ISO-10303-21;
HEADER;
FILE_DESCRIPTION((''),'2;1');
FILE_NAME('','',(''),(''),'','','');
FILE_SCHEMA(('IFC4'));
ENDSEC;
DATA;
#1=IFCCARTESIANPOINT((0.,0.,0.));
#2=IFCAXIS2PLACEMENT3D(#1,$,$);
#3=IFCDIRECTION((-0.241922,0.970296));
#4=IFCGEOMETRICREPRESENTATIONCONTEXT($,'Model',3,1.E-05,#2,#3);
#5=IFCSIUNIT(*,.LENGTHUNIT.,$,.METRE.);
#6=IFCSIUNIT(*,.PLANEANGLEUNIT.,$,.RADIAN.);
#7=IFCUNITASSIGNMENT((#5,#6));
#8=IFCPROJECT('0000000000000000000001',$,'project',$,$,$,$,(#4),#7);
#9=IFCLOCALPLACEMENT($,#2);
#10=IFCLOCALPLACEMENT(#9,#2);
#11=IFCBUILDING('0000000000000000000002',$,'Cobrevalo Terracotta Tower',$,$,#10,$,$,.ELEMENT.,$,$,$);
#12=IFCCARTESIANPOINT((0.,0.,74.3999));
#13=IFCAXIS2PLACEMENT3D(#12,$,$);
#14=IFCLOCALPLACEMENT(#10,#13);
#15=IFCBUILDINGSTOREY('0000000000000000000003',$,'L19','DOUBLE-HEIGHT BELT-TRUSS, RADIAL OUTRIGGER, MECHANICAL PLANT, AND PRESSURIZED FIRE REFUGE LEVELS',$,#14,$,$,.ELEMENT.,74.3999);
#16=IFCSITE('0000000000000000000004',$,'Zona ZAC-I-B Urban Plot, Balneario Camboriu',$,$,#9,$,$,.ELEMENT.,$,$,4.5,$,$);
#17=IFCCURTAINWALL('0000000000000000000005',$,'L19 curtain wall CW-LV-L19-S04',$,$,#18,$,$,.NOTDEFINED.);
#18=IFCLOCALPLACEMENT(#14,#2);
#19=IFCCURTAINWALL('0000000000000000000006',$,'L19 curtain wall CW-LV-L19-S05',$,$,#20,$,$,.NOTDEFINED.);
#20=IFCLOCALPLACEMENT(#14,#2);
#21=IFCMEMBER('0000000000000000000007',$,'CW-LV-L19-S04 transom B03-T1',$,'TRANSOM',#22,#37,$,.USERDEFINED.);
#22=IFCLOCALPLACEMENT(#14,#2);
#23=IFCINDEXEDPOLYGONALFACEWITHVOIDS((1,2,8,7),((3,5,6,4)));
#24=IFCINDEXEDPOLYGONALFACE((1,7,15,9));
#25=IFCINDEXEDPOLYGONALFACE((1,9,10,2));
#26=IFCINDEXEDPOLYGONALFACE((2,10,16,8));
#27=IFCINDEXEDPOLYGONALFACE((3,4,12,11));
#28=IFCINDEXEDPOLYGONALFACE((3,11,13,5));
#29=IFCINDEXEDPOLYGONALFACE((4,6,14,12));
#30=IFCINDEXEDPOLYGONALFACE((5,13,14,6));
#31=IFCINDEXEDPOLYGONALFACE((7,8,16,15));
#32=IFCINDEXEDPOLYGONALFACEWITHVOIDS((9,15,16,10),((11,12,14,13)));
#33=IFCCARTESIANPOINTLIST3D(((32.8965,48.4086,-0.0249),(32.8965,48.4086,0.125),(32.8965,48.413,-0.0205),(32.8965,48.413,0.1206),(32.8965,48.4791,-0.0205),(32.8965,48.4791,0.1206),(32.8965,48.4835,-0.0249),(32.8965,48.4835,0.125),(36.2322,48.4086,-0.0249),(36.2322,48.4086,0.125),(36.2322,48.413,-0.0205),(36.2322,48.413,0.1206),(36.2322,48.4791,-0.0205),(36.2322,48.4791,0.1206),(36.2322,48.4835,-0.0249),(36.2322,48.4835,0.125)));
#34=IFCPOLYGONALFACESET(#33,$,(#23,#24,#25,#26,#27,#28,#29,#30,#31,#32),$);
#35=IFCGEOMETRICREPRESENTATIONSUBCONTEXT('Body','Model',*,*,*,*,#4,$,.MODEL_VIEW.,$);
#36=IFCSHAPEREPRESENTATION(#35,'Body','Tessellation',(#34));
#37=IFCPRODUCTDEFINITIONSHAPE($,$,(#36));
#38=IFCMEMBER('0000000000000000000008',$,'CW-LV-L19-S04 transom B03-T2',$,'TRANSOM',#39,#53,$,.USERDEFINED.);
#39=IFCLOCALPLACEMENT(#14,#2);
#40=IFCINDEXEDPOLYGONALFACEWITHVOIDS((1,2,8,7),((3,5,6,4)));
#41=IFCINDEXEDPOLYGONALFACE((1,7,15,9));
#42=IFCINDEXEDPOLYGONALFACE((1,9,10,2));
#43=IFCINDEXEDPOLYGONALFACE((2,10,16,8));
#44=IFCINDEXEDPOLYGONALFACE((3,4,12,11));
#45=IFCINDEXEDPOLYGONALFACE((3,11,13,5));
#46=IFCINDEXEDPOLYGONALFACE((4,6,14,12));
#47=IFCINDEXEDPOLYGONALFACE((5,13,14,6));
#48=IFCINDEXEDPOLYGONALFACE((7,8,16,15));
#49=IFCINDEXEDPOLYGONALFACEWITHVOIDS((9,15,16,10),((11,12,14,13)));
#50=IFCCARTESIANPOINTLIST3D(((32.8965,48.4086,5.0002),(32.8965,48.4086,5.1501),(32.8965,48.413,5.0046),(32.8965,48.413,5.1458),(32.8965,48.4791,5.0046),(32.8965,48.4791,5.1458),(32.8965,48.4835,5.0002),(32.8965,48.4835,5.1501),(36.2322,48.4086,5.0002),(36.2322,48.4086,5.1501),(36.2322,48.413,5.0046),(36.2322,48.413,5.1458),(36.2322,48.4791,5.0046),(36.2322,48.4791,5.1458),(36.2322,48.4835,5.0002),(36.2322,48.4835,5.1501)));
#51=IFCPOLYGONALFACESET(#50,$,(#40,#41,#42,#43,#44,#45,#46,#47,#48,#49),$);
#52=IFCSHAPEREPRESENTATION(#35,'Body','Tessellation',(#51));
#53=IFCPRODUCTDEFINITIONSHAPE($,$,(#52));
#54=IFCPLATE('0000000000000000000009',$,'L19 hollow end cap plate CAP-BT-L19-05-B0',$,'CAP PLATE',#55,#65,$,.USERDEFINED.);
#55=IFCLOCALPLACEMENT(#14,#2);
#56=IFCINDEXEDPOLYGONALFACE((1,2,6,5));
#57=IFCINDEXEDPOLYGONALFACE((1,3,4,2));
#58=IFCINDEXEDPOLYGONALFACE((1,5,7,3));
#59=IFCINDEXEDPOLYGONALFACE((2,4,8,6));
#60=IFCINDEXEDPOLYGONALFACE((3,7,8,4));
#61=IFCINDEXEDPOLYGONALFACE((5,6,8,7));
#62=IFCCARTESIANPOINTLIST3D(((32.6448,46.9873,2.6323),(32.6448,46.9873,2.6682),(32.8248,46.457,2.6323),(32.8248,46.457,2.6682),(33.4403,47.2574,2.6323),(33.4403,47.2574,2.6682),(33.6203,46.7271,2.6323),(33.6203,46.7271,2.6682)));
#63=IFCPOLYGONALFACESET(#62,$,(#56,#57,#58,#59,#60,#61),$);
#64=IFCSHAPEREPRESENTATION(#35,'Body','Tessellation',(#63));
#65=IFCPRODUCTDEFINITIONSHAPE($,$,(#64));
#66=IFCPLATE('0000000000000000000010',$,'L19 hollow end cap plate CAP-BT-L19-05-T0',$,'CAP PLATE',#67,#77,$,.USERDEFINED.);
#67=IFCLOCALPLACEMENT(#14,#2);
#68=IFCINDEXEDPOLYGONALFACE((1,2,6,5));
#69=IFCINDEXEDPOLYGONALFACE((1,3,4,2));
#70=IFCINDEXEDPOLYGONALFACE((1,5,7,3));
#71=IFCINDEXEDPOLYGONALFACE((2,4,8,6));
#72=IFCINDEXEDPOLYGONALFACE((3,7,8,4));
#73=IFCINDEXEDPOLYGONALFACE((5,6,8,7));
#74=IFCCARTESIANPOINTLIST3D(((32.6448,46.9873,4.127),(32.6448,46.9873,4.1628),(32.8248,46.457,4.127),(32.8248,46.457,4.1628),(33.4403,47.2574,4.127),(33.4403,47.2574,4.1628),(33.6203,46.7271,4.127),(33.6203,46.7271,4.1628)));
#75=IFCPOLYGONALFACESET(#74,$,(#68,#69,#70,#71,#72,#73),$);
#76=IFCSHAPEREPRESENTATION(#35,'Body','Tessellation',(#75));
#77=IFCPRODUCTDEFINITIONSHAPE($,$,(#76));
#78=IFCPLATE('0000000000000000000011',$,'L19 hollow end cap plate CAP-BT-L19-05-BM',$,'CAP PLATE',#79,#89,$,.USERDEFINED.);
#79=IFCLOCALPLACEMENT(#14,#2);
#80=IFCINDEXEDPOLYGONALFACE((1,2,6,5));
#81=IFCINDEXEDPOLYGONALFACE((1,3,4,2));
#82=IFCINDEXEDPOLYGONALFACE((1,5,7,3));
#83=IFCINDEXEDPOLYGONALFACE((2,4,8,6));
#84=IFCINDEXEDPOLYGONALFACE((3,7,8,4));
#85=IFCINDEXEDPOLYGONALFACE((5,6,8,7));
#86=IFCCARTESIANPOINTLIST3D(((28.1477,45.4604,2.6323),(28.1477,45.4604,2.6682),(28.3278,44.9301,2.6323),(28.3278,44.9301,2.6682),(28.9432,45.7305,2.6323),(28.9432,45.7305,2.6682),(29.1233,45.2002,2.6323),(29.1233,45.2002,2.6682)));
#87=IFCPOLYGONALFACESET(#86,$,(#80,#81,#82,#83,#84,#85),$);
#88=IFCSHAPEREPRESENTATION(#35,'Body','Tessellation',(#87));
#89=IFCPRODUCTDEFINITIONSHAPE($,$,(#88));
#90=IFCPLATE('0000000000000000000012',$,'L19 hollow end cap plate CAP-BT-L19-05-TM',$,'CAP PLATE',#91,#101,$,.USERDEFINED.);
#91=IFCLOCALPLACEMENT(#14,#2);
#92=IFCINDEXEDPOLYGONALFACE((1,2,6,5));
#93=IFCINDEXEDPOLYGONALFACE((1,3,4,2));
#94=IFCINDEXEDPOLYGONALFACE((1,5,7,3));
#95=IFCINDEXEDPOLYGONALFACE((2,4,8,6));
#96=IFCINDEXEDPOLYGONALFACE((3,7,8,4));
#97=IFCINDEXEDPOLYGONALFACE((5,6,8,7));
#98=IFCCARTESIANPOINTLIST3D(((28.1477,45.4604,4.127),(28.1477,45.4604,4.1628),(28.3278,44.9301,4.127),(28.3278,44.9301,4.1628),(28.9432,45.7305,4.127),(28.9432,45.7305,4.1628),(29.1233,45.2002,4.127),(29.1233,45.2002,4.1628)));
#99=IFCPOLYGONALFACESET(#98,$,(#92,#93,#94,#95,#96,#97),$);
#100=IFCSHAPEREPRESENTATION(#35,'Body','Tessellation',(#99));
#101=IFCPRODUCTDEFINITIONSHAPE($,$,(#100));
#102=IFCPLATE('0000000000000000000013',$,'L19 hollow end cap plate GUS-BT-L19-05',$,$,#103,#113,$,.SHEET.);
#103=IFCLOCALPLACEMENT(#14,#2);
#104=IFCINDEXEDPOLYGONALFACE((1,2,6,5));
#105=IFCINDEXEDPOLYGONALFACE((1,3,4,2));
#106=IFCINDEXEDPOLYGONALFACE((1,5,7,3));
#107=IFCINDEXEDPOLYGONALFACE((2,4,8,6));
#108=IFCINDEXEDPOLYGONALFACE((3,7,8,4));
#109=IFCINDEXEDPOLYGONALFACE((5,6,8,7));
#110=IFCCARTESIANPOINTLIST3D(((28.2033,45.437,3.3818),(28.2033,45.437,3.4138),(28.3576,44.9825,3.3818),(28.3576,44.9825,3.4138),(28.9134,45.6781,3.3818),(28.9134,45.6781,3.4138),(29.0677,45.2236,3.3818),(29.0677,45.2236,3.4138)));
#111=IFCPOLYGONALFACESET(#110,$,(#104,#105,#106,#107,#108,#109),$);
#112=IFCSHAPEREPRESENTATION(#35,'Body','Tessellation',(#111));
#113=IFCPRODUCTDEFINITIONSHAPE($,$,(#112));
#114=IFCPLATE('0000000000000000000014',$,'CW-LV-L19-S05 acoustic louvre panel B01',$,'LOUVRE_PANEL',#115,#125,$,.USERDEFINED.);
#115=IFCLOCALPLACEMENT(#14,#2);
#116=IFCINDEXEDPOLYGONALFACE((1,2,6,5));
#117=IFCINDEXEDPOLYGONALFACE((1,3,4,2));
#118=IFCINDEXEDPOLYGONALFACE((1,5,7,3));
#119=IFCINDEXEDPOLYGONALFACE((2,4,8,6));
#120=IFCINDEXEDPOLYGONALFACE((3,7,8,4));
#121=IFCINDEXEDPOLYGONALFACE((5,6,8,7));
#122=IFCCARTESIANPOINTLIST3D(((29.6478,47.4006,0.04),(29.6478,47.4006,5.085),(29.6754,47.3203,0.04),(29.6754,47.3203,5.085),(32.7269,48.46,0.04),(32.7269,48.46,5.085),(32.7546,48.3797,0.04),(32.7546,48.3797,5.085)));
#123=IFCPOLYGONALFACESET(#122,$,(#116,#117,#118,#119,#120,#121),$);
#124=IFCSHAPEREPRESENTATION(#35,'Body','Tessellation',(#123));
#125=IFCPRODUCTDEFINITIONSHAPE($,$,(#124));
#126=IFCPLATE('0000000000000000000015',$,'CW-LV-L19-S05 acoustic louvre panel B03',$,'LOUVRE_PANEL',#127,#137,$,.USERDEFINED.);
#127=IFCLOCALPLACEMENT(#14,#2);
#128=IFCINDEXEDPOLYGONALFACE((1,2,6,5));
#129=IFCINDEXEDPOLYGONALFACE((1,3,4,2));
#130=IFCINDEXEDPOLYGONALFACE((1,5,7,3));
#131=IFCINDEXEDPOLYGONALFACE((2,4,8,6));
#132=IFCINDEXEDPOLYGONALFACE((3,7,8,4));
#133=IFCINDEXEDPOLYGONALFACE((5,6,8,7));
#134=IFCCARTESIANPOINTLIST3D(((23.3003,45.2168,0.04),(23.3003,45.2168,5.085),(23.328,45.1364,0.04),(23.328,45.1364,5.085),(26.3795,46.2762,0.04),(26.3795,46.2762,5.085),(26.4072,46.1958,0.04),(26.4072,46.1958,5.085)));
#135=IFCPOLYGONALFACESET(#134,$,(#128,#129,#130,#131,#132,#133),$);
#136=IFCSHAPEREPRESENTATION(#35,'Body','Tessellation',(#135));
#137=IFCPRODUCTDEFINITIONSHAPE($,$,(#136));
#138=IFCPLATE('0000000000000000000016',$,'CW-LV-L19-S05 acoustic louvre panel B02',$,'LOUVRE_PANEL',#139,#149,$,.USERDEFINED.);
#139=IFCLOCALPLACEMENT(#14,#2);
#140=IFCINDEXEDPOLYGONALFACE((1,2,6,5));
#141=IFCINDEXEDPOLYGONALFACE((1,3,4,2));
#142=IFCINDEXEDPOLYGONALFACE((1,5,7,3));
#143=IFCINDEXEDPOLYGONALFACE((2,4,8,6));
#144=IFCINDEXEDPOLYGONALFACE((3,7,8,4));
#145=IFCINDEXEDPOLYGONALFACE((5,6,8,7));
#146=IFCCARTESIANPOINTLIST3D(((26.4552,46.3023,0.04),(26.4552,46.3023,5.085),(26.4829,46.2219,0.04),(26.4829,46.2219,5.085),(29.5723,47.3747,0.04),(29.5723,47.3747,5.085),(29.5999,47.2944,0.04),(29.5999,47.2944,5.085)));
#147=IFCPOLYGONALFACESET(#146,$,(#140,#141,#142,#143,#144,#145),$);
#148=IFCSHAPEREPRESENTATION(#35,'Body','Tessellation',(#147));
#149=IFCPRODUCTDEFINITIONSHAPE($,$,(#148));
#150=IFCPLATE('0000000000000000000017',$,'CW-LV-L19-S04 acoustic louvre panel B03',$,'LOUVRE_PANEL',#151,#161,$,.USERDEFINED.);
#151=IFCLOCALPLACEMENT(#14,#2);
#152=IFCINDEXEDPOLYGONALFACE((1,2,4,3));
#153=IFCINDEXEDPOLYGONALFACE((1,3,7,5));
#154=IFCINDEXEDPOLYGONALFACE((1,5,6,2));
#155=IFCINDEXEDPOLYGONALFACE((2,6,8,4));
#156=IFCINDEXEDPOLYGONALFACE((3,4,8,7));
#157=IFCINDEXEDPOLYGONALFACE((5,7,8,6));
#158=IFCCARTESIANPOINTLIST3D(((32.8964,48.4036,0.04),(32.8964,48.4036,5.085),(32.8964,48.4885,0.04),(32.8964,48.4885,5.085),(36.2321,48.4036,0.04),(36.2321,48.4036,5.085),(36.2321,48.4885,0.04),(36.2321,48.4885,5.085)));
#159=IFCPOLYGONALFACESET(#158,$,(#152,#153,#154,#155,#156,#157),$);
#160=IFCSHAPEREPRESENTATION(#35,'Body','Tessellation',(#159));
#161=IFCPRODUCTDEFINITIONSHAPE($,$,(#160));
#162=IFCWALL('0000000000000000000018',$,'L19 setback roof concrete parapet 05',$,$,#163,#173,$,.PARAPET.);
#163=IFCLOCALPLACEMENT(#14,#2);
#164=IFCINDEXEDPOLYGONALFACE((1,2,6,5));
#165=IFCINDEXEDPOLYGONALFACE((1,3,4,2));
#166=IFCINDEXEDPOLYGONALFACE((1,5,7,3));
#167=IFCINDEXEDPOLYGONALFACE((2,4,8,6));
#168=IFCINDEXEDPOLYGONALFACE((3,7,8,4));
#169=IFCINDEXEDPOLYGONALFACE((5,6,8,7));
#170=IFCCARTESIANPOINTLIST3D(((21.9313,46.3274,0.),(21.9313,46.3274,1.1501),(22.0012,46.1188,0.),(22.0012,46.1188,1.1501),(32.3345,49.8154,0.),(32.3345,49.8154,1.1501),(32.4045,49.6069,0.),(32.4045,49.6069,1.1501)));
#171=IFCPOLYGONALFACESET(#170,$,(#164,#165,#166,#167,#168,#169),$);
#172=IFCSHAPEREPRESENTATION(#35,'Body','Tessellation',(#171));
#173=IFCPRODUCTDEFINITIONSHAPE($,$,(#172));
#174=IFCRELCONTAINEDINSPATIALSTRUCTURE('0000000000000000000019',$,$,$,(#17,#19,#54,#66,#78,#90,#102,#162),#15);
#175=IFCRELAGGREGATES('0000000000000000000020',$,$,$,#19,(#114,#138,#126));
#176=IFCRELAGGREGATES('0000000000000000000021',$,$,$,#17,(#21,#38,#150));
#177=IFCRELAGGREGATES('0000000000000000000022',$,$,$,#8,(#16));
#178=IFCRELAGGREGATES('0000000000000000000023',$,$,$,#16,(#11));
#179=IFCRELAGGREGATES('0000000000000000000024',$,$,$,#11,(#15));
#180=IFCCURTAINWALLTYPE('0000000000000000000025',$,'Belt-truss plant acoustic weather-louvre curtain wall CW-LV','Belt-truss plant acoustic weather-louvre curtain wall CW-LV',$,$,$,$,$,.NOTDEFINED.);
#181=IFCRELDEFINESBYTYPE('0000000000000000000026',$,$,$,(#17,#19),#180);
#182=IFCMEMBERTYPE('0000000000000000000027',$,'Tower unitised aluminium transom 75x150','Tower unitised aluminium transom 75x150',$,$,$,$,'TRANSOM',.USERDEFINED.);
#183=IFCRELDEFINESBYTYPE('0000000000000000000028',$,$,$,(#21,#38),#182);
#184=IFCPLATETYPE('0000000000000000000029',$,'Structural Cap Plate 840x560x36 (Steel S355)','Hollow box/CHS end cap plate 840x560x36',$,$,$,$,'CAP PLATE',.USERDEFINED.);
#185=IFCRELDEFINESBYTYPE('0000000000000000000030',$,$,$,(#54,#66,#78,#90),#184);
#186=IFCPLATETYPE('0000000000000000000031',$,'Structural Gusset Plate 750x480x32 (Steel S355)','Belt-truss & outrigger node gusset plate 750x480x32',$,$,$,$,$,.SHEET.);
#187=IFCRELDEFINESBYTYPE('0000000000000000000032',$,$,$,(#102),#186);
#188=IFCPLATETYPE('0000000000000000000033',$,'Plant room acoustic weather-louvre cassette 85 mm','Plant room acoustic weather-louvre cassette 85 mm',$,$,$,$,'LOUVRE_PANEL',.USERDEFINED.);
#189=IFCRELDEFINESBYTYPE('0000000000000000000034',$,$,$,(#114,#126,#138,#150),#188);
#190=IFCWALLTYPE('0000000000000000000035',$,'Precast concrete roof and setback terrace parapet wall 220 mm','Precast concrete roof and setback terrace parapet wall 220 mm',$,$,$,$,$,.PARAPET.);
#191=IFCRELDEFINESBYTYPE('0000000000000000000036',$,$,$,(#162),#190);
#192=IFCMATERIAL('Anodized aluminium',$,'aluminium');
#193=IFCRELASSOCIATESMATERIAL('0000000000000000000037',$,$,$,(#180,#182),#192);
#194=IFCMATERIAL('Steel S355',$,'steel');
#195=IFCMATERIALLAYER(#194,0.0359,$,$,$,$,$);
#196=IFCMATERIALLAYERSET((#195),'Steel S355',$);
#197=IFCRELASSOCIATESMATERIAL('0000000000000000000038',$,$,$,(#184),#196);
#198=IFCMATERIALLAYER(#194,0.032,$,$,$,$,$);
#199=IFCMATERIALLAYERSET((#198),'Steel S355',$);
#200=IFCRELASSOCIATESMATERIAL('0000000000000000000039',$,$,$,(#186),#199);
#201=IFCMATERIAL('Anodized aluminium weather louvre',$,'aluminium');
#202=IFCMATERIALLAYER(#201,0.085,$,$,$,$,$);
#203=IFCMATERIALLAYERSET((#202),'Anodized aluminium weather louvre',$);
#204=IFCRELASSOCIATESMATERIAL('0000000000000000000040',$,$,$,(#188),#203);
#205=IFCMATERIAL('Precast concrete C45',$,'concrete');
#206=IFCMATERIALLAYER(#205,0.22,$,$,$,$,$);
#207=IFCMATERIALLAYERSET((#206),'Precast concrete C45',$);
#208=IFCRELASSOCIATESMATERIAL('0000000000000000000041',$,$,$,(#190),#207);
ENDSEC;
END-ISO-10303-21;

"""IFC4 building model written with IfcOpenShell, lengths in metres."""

from ifc_helpers import new_model, si_unit, direction, frame, frame_2d, origin, origin_2d, place, context, subcontext, project, spatial, rectangle, hollow_rectangle, extrude, source, transform, mapped, material, layer, layer_set, material_profile, profile_set, type_object, element, aggregate, save


model = new_model("IFC4")

# Units and contexts
model_context = context("Model", 3, precision=1e-05, world=origin(), true_north=direction((-0.241922, 0.970296)))
body_context = subcontext(model_context, "Body", "Model", "MODEL_VIEW")
ifc_project = project(units=[si_unit("LENGTHUNIT", "METRE"), si_unit("PLANEANGLEUNIT", "RADIAN")], contexts=[model_context])

# Site, building, storey
site_placement = place(None, origin())
site = spatial("IfcSite", under=ifc_project, at=site_placement, Name="Zona ZAC-I-B Urban Plot, Balneario Camboriu", CompositionType="ELEMENT", RefElevation=4.5)
building_placement = place(site_placement, origin())
building = spatial("IfcBuilding", under=site, at=building_placement, Name="Cobrevalo Terracotta Tower", CompositionType="ELEMENT")
storey_placement = place(building_placement, frame((0.0, 0.0, 74.3999)))
storey = spatial("IfcBuildingStorey", under=building, at=storey_placement, Name="L19", Description="DOUBLE-HEIGHT BELT-TRUSS, RADIAL OUTRIGGER, MECHANICAL PLANT, AND PRESSURIZED FIRE REFUGE LEVELS", CompositionType="ELEMENT", Elevation=74.3999)

# Shared definitions
ifc_material_1 = material(Name="Steel S355", Category="steel")

# Curtain walls
ifc_material_2 = material(Name="Anodized aluminium", Category="aluminium")
curtain_wall_type = type_object("IfcCurtainWallType", Name="Belt-truss plant acoustic weather-louvre curtain wall CW-LV", Description="Belt-truss plant acoustic weather-louvre curtain wall CW-LV", PredefinedType="NOTDEFINED", material=ifc_material_2)
curtain_wall_1_placement = place(storey_placement, origin())
curtain_wall_1 = element("IfcCurtainWall", 1, at=curtain_wall_1_placement, inside=storey, type_object=curtain_wall_type, Name="L19 curtain wall CW-LV-L19-S04", PredefinedType="NOTDEFINED")
curtain_wall_2_placement = place(storey_placement, origin())
curtain_wall_2 = element("IfcCurtainWall", 2, at=curtain_wall_2_placement, inside=storey, type_object=curtain_wall_type, Name="L19 curtain wall CW-LV-L19-S05", PredefinedType="NOTDEFINED")
ifc_material_profile_1 = material_profile(ifc_material_2, hollow_rectangle(XDim=0.075, YDim=0.1499, WallThickness=0.0044, at=origin_2d()), Name="CWT 75x150")
ifc_profile_set_1 = profile_set([ifc_material_profile_1], Name="Anodized aluminium")
member_type_1 = type_object("IfcMemberType", Name="Tower unitised aluminium transom 75x150", Description="Tower unitised aluminium transom 75x150", ElementType="TRANSOM", PredefinedType="USERDEFINED", material=ifc_profile_set_1)

# Members
shared_shape_1 = source(origin(), body_context, "Body", "SweptSolid", [
    extrude(hollow_rectangle(XDim=0.075, YDim=0.1499, WallThickness=0.0044, at=origin_2d()), origin(), (0.0, 0.0, 1.0), 3.3357),
])
member_1_placement = place(storey_placement, frame((36.2322, 48.446, 0.05), z_axis=(-1.0, 0.0, 0.0), x_axis=(0.0, -1.0, 0.0)))
member_1 = element("IfcMember", 3, at=member_1_placement, type_object=member_type_1, Name="CW-LV-L19-S04 transom B03-T1", ObjectType="TRANSOM", PredefinedType="USERDEFINED", context=body_context, shape_type="MappedRepresentation", body=[
    mapped(shared_shape_1, transform((0.0, 0.0, 0.0), scale=1.0)),
])
member_2_placement = place(storey_placement, frame((36.2322, 48.446, 5.0752), z_axis=(-1.0, 0.0, 0.0), x_axis=(0.0, -1.0, 0.0)))
member_2 = element("IfcMember", 4, at=member_2_placement, type_object=member_type_1, Name="CW-LV-L19-S04 transom B03-T2", ObjectType="TRANSOM", PredefinedType="USERDEFINED", context=body_context, shape_type="MappedRepresentation", body=[
    mapped(shared_shape_1, transform((0.0, 0.0, 0.0), scale=1.0)),
])

# Plates
ifc_layer_1 = layer(ifc_material_1, 0.0359)
ifc_layer_set_1 = layer_set([ifc_layer_1], Name="Steel S355")
plate_type_1 = type_object("IfcPlateType", Name="Structural Cap Plate 840x560x36 (Steel S355)", Description="Hollow box/CHS end cap plate 840x560x36", ElementType="CAP PLATE", PredefinedType="USERDEFINED", material=ifc_layer_set_1)
shared_shape_2 = source(origin(), body_context, "Body", "SweptSolid", [
    extrude(rectangle(XDim=0.8401, YDim=0.5601, at=origin_2d()), origin(), (0.0, 0.0, 1.0), 0.0359),
])
for number, where, z_axis, x_axis, name in (
    (5, (33.1326, 46.8572, 2.6323), (0.0, 0.0, 1.0), (-0.946916, -0.321482, 0.0), "L19 hollow end cap plate CAP-BT-L19-05-B0"),
    (6, (33.1326, 46.8572, 4.127), (0.0, 0.0, 1.0), (-0.946916, -0.321482, 0.0), "L19 hollow end cap plate CAP-BT-L19-05-T0"),
    (7, (28.6355, 45.3303, 2.6323), (0.0, 0.0, 1.0), (-0.946916, -0.321482, 0.0), "L19 hollow end cap plate CAP-BT-L19-05-BM"),
    (8, (28.6355, 45.3303, 4.127), (0.0, 0.0, 1.0), (-0.946916, -0.321482, 0.0), "L19 hollow end cap plate CAP-BT-L19-05-TM"),
):
    element("IfcPlate", number, at=place(storey_placement, frame(where, z_axis=z_axis, x_axis=x_axis)), inside=storey, type_object=plate_type_1, Name=name, ObjectType="CAP PLATE", PredefinedType="USERDEFINED", context=body_context, shape_type="MappedRepresentation", body=[
        mapped(shared_shape_2, transform((0.0, 0.0, 0.0), scale=1.0)),
    ])
ifc_layer_2 = layer(ifc_material_1, 0.032)
ifc_layer_set_2 = layer_set([ifc_layer_2], Name="Steel S355")
plate_type_2 = type_object("IfcPlateType", Name="Structural Gusset Plate 750x480x32 (Steel S355)", Description="Belt-truss & outrigger node gusset plate 750x480x32", PredefinedType="SHEET", material=ifc_layer_set_2)
shared_shape_3 = source(origin(), body_context, "Body", "SweptSolid", [
    extrude(rectangle(XDim=0.75, YDim=0.48, at=origin_2d()), origin(), (0.0, 0.0, 1.0), 0.032),
])
plate_1_placement = place(storey_placement, frame((28.6355, 45.3303, 3.3818), z_axis=(0.0, 0.0, 1.0), x_axis=(-0.946916, -0.321482, 0.0)))
element("IfcPlate", 9, at=plate_1_placement, inside=storey, type_object=plate_type_2, Name="L19 hollow end cap plate GUS-BT-L19-05", PredefinedType="SHEET", context=body_context, shape_type="MappedRepresentation", body=[
    mapped(shared_shape_3, transform((0.0, 0.0, 0.0), scale=1.0)),
])

# Plates
ifc_material_3 = material(Name="Anodized aluminium weather louvre", Category="aluminium")
ifc_layer_3 = layer(ifc_material_3, 0.085)
ifc_layer_set_3 = layer_set([ifc_layer_3], Name="Anodized aluminium weather louvre")
plate_type_3 = type_object("IfcPlateType", Name="Plant room acoustic weather-louvre cassette 85 mm", Description="Plant room acoustic weather-louvre cassette 85 mm", ElementType="LOUVRE_PANEL", PredefinedType="USERDEFINED", material=ifc_layer_set_3)
shared_shape_4 = source(origin(), body_context, "Body", "SweptSolid", [
    extrude(rectangle(XDim=3.2563, YDim=0.085, at=origin_2d()), origin(), (0.0, 0.0, 1.0), 5.0449),
])
plate_2_placement = place(storey_placement, frame((31.2012, 47.8901, 0.04), z_axis=(0.0, 0.0, 1.0), x_axis=(-0.945596, -0.325342, 0.0)))
plate_2 = element("IfcPlate", 10, at=plate_2_placement, type_object=plate_type_3, Name="CW-LV-L19-S05 acoustic louvre panel B01", ObjectType="LOUVRE_PANEL", PredefinedType="USERDEFINED", context=body_context, shape_type="MappedRepresentation", body=[
    mapped(shared_shape_4, transform((0.0, 0.0, 0.0), scale=1.0)),
])
plate_3_placement = place(storey_placement, frame((24.8538, 45.7063, 0.04), z_axis=(0.0, 0.0, 1.0), x_axis=(-0.945596, -0.325342, 0.0)))
plate_3 = element("IfcPlate", 11, at=plate_3_placement, type_object=plate_type_3, Name="CW-LV-L19-S05 acoustic louvre panel B03", ObjectType="LOUVRE_PANEL", PredefinedType="USERDEFINED", context=body_context, shape_type="MappedRepresentation", body=[
    mapped(shared_shape_4, transform((0.0, 0.0, 0.0), scale=1.0)),
])
shared_shape_5 = source(origin(), body_context, "Body", "SweptSolid", [
    extrude(rectangle(XDim=3.2964, YDim=0.085, at=origin_2d()), origin(), (0.0, 0.0, 1.0), 5.0449),
])
plate_4_placement = place(storey_placement, frame((28.0276, 46.7983, 0.04), z_axis=(0.0, 0.0, 1.0), x_axis=(-0.945596, -0.325342, 0.0)))
plate_4 = element("IfcPlate", 12, at=plate_4_placement, type_object=plate_type_3, Name="CW-LV-L19-S05 acoustic louvre panel B02", ObjectType="LOUVRE_PANEL", PredefinedType="USERDEFINED", context=body_context, shape_type="MappedRepresentation", body=[
    mapped(shared_shape_5, transform((0.0, 0.0, 0.0), scale=1.0)),
])
aggregate(curtain_wall_2, [plate_2, plate_4, plate_3])
shared_shape_6 = source(origin(), body_context, "Body", "SweptSolid", [
    extrude(rectangle(XDim=3.3357, YDim=0.085, at=origin_2d()), origin(), (0.0, 0.0, 1.0), 5.0449),
])
plate_5_placement = place(storey_placement, frame((34.5642, 48.446, 0.04), z_axis=(0.0, 0.0, 1.0), x_axis=(-1.0, 0.0, 0.0)))
plate_5 = element("IfcPlate", 13, at=plate_5_placement, type_object=plate_type_3, Name="CW-LV-L19-S04 acoustic louvre panel B03", ObjectType="LOUVRE_PANEL", PredefinedType="USERDEFINED", context=body_context, shape_type="MappedRepresentation", body=[
    mapped(shared_shape_6, transform((0.0, 0.0, 0.0), scale=1.0)),
])
aggregate(curtain_wall_1, [member_1, member_2, plate_5])

# Wall
ifc_material_4 = material(Name="Precast concrete C45", Category="concrete")
ifc_layer_4 = layer(ifc_material_4, 0.22)
ifc_layer_set_4 = layer_set([ifc_layer_4], Name="Precast concrete C45")
wall_type = type_object("IfcWallType", Name="Precast concrete roof and setback terrace parapet wall 220 mm", Description="Precast concrete roof and setback terrace parapet wall 220 mm", PredefinedType="PARAPET", material=ifc_layer_set_4)
wall_placement = place(storey_placement, frame((32.3696, 49.7112, 0.0), z_axis=(0.0, 0.0, 1.0), x_axis=(-0.948128, -0.317889, 0.0)))
element("IfcWall", 14, at=wall_placement, inside=storey, type_object=wall_type, Name="L19 setback roof concrete parapet 05", PredefinedType="PARAPET", context=body_context, shape_type="SweptSolid", body=[
    extrude(rectangle(XDim=10.9724, YDim=0.22, at=frame_2d((5.4863, 0.0))), origin(), (0.0, 0.0, 1.0), 1.1501),
])

save(model, "model.ifc")
